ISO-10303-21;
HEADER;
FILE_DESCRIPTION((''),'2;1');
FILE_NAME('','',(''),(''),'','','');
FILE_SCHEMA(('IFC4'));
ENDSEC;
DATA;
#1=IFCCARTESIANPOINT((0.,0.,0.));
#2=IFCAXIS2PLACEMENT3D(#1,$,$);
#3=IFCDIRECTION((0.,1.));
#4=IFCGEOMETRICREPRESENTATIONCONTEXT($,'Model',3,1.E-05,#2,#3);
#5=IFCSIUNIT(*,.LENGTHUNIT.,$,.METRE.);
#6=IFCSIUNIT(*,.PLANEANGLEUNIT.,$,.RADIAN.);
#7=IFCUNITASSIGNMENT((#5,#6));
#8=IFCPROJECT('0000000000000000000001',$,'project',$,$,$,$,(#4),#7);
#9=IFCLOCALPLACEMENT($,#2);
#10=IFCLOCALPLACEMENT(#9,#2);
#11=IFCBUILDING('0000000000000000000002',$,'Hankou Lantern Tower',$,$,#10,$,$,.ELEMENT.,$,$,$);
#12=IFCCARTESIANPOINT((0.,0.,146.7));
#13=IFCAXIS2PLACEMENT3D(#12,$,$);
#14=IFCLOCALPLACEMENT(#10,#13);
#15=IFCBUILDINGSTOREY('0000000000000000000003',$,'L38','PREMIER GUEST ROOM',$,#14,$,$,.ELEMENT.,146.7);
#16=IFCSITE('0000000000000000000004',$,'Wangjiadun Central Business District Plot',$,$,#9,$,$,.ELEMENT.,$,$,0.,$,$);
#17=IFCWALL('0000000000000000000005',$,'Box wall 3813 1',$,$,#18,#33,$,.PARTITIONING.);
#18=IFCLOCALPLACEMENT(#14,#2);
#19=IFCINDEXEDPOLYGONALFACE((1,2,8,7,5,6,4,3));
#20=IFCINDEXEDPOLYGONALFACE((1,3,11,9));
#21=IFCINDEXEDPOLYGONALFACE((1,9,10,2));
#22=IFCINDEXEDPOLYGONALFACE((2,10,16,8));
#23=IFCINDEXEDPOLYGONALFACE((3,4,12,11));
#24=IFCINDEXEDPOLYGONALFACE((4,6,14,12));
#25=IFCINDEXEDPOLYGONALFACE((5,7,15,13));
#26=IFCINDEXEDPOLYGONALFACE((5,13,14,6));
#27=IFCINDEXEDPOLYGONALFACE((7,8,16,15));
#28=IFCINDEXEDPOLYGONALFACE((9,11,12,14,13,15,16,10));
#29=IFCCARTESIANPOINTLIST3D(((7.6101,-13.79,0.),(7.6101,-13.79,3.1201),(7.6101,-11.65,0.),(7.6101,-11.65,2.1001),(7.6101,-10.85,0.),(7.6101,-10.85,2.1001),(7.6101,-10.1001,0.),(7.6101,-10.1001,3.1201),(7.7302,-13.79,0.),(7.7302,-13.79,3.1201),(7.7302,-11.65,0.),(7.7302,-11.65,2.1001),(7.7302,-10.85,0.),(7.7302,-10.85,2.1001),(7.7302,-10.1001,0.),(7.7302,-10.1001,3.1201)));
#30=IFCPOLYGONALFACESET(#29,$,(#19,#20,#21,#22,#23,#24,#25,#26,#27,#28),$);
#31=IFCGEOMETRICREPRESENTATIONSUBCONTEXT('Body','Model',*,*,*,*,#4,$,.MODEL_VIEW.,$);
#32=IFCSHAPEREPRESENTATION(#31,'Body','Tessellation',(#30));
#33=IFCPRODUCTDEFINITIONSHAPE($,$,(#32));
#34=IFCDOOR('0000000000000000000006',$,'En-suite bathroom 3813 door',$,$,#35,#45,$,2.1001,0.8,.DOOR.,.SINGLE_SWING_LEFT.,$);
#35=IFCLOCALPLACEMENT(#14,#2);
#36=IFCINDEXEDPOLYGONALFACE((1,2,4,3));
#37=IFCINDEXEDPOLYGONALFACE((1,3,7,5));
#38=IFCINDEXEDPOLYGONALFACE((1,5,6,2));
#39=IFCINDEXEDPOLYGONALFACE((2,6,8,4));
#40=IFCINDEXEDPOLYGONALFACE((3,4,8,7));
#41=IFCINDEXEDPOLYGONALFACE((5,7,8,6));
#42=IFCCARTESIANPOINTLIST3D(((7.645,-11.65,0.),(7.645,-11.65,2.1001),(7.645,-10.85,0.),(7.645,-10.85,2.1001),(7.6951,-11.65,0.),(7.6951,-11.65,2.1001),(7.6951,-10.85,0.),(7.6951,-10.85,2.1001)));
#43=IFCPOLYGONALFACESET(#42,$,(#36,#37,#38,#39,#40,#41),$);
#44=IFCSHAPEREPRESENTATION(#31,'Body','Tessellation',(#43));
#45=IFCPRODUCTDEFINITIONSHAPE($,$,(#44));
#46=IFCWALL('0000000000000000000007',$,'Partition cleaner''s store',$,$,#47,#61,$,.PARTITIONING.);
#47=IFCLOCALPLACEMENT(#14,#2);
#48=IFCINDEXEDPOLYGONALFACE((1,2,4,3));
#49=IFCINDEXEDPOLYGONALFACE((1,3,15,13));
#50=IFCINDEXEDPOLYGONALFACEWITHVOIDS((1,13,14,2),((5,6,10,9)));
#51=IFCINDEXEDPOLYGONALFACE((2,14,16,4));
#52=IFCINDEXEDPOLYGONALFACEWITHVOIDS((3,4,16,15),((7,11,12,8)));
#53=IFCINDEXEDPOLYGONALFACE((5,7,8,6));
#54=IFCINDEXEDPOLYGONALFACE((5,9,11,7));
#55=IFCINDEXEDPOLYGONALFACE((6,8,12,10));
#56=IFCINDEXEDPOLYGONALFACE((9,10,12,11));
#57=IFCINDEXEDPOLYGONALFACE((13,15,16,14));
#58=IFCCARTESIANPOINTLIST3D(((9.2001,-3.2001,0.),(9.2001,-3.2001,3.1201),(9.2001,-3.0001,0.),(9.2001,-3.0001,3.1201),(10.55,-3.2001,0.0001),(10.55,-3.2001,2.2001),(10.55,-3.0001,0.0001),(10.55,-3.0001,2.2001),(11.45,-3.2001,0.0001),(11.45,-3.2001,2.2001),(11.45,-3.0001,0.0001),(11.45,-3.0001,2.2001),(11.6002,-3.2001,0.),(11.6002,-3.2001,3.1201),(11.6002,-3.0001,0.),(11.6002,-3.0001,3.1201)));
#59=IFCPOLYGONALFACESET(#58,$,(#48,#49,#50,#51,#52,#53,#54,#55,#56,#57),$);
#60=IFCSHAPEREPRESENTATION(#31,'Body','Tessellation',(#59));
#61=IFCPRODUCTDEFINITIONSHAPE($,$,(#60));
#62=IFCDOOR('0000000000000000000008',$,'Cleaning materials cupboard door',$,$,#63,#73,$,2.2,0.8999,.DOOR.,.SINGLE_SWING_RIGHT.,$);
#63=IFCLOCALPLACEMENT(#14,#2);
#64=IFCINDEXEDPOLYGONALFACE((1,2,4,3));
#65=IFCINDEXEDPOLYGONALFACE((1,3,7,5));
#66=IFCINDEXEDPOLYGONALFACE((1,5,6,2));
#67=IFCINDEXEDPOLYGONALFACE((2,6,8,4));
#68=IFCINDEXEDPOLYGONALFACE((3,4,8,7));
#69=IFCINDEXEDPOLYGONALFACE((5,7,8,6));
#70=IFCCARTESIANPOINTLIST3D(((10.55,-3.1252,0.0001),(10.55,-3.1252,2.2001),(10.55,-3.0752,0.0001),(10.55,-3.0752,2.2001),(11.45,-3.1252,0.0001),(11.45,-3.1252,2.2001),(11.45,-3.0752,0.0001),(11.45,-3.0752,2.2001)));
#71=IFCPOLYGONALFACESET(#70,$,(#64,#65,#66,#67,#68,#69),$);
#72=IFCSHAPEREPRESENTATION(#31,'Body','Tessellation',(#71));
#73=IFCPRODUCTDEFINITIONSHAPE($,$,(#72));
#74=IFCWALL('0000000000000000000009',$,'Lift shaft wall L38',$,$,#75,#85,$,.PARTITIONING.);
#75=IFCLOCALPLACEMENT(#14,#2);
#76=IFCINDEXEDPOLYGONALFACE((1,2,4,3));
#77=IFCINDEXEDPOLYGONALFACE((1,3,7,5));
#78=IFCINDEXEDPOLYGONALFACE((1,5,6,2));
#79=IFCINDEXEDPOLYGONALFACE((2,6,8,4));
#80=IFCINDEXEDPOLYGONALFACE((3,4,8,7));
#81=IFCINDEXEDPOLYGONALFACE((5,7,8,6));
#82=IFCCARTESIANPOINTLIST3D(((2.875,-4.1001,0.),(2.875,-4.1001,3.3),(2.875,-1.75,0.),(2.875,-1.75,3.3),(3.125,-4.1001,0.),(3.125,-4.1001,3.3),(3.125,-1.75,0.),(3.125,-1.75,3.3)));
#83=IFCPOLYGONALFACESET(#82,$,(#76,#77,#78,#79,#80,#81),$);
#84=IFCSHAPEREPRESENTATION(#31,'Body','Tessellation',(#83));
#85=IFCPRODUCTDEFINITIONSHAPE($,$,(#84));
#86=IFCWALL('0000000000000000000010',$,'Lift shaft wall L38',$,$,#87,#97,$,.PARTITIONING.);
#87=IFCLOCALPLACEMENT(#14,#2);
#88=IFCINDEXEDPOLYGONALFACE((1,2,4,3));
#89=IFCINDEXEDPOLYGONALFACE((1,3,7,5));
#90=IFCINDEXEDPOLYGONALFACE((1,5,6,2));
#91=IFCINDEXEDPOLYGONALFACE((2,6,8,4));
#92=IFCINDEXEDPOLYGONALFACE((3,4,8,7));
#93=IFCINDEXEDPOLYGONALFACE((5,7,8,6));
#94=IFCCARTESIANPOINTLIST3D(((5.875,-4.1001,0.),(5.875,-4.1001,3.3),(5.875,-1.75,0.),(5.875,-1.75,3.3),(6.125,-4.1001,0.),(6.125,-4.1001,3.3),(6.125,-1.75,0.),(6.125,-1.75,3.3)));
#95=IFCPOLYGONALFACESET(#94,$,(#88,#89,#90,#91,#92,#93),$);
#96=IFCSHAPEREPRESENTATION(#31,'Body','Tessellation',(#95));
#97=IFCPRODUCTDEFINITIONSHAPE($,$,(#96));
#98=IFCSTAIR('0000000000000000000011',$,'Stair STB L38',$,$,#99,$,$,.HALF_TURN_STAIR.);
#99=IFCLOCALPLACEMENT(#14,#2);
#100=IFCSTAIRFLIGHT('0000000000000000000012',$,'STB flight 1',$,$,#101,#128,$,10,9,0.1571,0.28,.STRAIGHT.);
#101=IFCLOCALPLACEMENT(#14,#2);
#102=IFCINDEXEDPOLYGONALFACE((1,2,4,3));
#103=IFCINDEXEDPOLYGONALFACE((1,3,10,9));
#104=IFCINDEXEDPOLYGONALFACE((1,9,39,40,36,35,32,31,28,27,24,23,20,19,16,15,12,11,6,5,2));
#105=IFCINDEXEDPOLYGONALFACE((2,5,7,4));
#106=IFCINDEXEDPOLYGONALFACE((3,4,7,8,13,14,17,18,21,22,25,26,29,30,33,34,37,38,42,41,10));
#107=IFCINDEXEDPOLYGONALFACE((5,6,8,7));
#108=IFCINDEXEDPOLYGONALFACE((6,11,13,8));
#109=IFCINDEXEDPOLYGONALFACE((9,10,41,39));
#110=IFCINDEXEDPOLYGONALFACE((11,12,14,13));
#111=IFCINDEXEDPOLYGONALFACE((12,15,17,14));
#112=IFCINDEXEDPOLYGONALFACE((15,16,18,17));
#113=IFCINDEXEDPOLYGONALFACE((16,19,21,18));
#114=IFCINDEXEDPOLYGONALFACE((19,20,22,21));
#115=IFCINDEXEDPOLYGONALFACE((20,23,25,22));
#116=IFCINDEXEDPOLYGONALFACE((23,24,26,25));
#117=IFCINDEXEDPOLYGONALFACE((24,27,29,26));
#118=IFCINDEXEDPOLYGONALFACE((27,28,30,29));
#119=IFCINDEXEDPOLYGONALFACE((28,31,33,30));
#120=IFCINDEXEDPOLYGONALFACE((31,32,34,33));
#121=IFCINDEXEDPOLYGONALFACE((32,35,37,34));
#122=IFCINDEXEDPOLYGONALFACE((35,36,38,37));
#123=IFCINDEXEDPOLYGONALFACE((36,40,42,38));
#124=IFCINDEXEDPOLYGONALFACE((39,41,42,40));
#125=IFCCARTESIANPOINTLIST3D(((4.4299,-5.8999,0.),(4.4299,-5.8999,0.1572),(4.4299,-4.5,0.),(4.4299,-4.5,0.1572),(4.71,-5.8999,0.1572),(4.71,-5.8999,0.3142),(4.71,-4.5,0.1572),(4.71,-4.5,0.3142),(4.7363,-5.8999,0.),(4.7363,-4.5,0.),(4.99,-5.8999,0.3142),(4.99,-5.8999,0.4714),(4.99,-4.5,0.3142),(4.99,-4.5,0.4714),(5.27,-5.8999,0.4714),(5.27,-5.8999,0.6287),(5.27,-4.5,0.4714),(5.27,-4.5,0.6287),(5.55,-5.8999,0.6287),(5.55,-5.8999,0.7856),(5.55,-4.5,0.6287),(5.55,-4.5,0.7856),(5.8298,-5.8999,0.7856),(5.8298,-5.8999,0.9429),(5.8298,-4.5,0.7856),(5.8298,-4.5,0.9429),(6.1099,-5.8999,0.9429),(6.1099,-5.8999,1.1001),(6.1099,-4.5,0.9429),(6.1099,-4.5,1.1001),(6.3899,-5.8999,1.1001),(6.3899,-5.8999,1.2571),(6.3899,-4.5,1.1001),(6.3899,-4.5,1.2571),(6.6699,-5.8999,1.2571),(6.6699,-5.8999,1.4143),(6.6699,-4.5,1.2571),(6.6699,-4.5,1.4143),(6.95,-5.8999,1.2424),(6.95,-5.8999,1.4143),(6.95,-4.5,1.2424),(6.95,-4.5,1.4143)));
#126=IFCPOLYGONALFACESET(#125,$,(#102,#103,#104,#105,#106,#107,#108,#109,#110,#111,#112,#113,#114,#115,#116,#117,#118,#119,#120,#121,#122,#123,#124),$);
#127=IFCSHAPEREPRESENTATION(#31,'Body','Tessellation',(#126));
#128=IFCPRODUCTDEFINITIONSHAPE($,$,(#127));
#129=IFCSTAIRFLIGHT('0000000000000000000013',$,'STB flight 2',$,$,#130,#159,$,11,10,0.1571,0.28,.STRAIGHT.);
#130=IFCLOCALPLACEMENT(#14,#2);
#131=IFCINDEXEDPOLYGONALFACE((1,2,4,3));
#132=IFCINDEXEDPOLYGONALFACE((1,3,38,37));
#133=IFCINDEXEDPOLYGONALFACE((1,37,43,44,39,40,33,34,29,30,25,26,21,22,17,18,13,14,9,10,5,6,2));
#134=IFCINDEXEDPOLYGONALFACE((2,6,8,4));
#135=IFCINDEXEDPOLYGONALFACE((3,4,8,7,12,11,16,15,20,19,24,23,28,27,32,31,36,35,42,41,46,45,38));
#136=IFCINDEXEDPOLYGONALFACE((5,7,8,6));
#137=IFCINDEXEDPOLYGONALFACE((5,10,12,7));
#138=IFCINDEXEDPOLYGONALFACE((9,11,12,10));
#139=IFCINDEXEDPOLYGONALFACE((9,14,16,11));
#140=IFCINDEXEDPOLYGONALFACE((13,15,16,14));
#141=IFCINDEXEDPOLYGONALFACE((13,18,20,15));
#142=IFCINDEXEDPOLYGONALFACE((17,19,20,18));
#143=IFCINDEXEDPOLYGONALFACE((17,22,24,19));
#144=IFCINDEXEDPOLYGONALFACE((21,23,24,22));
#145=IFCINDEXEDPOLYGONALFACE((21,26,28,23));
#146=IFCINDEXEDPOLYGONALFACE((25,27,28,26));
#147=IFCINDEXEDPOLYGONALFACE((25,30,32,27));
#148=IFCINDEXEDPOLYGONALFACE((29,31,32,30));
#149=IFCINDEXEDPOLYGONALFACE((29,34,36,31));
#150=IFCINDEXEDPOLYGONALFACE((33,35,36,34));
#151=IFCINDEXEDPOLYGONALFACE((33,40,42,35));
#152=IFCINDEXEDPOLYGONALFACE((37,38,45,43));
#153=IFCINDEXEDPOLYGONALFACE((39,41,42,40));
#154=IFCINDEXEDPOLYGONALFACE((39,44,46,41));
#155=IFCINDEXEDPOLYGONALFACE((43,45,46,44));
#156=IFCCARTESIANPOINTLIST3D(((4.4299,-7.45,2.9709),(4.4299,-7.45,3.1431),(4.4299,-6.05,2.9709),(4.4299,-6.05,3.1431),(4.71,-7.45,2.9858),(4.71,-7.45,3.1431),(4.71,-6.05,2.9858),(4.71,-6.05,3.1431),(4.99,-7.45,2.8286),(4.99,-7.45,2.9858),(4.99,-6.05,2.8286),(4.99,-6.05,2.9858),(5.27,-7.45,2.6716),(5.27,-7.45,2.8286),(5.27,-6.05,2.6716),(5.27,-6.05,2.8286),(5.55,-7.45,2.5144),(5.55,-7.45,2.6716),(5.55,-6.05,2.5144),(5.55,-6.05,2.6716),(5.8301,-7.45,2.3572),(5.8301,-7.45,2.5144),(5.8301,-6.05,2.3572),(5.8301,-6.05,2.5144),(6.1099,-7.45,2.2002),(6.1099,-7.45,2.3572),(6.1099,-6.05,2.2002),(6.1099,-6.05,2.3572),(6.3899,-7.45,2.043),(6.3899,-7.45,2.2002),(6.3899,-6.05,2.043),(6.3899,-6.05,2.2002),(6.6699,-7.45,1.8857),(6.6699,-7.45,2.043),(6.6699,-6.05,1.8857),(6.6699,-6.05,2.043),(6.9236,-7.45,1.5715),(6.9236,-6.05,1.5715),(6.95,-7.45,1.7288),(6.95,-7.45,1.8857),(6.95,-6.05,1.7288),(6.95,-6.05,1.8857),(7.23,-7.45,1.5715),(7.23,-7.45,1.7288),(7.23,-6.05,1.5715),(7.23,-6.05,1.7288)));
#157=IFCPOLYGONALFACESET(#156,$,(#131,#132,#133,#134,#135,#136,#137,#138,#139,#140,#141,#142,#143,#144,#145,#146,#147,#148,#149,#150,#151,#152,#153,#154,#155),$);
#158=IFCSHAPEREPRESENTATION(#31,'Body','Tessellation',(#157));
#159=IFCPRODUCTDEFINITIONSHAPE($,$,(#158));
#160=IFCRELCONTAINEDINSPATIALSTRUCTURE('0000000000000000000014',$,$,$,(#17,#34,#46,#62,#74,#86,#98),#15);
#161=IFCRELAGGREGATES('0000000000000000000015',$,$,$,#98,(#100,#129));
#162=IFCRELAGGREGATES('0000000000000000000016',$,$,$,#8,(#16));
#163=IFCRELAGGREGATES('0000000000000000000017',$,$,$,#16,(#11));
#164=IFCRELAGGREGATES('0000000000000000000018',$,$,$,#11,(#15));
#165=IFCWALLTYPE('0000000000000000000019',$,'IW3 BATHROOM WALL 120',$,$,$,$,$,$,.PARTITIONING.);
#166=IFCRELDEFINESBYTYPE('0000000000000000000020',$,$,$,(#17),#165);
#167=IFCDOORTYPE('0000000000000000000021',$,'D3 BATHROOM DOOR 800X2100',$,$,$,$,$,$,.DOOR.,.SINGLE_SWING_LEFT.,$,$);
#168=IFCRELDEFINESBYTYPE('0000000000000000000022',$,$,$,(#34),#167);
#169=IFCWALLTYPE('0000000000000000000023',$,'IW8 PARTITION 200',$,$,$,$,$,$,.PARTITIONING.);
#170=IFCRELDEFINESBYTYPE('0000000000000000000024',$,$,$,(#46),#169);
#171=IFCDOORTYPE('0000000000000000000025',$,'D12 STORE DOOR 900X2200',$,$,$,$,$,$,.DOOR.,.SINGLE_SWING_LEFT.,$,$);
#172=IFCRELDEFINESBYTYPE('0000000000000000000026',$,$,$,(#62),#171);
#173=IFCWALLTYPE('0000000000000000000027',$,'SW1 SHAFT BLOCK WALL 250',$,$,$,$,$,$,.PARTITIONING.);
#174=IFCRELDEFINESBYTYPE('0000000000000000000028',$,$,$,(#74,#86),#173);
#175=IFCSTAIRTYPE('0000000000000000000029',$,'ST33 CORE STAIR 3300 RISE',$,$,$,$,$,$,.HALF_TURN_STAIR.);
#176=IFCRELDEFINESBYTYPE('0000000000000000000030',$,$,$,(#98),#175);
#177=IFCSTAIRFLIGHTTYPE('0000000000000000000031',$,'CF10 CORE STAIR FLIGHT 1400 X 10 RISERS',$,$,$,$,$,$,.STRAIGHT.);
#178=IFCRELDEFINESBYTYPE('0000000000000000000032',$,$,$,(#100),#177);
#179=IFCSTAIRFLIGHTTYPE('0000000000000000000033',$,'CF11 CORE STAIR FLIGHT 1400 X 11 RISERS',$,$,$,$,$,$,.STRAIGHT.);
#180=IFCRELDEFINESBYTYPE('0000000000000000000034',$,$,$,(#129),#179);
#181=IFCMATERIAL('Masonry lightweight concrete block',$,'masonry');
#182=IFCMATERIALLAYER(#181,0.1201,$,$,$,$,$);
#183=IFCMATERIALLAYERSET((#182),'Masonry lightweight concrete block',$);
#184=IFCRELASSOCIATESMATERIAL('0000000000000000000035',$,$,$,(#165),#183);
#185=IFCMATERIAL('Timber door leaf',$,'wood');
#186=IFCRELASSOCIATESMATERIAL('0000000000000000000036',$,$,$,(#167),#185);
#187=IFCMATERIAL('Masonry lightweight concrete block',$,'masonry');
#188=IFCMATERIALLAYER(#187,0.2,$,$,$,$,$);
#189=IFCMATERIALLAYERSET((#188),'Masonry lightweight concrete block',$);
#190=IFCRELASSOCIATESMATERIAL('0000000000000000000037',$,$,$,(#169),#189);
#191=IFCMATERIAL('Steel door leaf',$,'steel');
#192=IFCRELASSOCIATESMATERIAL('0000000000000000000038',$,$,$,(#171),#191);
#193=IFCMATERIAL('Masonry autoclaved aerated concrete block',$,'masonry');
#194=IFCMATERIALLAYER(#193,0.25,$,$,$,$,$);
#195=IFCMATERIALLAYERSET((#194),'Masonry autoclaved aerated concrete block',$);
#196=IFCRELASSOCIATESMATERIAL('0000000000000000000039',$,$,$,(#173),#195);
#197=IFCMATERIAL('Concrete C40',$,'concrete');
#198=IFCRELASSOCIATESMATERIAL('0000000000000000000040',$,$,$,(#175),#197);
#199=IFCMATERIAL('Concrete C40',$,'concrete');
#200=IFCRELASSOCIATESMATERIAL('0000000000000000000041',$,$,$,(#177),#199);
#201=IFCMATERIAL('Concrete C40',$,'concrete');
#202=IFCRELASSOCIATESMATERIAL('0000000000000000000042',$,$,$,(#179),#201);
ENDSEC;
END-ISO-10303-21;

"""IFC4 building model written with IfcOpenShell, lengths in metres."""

from ifc_helpers import new_model, si_unit, direction, frame, frame_2d, origin, place, context, subcontext, project, spatial, polyline, rectangle, outline, extrude, material, layer, layer_set, type_object, element, fill, aggregate, save


model = new_model("IFC4")

# Units and contexts
model_context = context("Model", 3, precision=1e-05, world=origin(), true_north=direction((0.0, 1.0)))
body_context = subcontext(model_context, "Body", "Model", "MODEL_VIEW")
ifc_project = project(units=[si_unit("LENGTHUNIT", "METRE"), si_unit("PLANEANGLEUNIT", "RADIAN")], contexts=[model_context])

# Site, building, storey
site_placement = place(None, origin())
site = spatial("IfcSite", under=ifc_project, at=site_placement, Name="Wangjiadun Central Business District Plot", CompositionType="ELEMENT", RefElevation=0.0)
building_placement = place(site_placement, origin())
building = spatial("IfcBuilding", under=site, at=building_placement, Name="Hankou Lantern Tower", CompositionType="ELEMENT")
storey_placement = place(building_placement, frame((0.0, 0.0, 146.7)))
storey = spatial("IfcBuildingStorey", under=building, at=storey_placement, Name="L38", Description="PREMIER GUEST ROOM", CompositionType="ELEMENT", Elevation=146.7)

# Walls, openings, doors
ifc_material_1 = material(Name="Masonry lightweight concrete block", Category="masonry")
ifc_layer_1 = layer(ifc_material_1, 0.1201)
ifc_layer_set_1 = layer_set([ifc_layer_1], Name="Masonry lightweight concrete block")
wall_type_1 = type_object("IfcWallType", Name="IW3 BATHROOM WALL 120", PredefinedType="PARTITIONING", material=ifc_layer_set_1)
wall_1_placement = place(storey_placement, frame((7.6702, -10.1001, 0.0), z_axis=(0.0, 0.0, 1.0), x_axis=(0.0, -1.0, 0.0)))
wall_1 = element("IfcWall", 1, at=wall_1_placement, inside=storey, type_object=wall_type_1, Name="Box wall 3813 1", PredefinedType="PARTITIONING", context=body_context, shape_type="SweptSolid", body=[
    extrude(rectangle(XDim=3.6899, YDim=0.1201, at=frame_2d((1.845, 0.0))), origin(), (0.0, 0.0, 1.0), 3.1201),
])
opening_1_placement = place(wall_1_placement, frame((0.75, 0.0, 0.0)))
opening_1 = element("IfcOpeningElement", 2, at=opening_1_placement, cuts=wall_1, PredefinedType="OPENING", context=body_context, shape_type="SweptSolid", body=[
    extrude(rectangle(XDim=0.8, YDim=2.1001, at=frame_2d((0.3999, 1.05))), frame((0.0, 0.0701, 0.0), z_axis=(0.0, -1.0, 0.0), x_axis=(1.0, 0.0, 0.0)), (0.0, 0.0, 1.0), 0.1401),
])
ifc_material_2 = material(Name="Timber door leaf", Category="wood")
door_type_1 = type_object("IfcDoorType", Name="D3 BATHROOM DOOR 800X2100", OperationType="SINGLE_SWING_LEFT", PredefinedType="DOOR", material=ifc_material_2)
door_1_placement = place(opening_1_placement, origin())
door_1 = element("IfcDoor", 3, at=door_1_placement, inside=storey, type_object=door_type_1, Name="En-suite bathroom 3813 door", OperationType="SINGLE_SWING_LEFT", OverallHeight=2.1001, OverallWidth=0.8, PredefinedType="DOOR", context=body_context, shape_type="SweptSolid", body=[
    extrude(rectangle(XDim=0.8, YDim=2.1001, at=frame_2d((0.3999, 1.05))), frame((0.0, 0.0249, 0.0), z_axis=(0.0, -1.0, 0.0), x_axis=(1.0, 0.0, 0.0)), (0.0, 0.0, 1.0), 0.05),
])
fill(opening_1, door_1)
ifc_material_3 = material(Name="Masonry lightweight concrete block", Category="masonry")
ifc_layer_2 = layer(ifc_material_3, 0.2)
ifc_layer_set_2 = layer_set([ifc_layer_2], Name="Masonry lightweight concrete block")
wall_type_2 = type_object("IfcWallType", Name="IW8 PARTITION 200", PredefinedType="PARTITIONING", material=ifc_layer_set_2)
wall_2_placement = place(storey_placement, frame((9.2, -3.1001, 0.0), z_axis=(0.0, 0.0, 1.0), x_axis=(1.0, 0.0, 0.0)))
wall_2 = element("IfcWall", 4, at=wall_2_placement, inside=storey, type_object=wall_type_2, Name="Partition cleaner's store", PredefinedType="PARTITIONING", context=body_context, shape_type="SweptSolid", body=[
    extrude(rectangle(XDim=2.4001, YDim=0.2, at=frame_2d((1.2002, 0.0))), origin(), (0.0, 0.0, 1.0), 3.1201),
])
opening_2_placement = place(wall_2_placement, frame((1.3501, 0.0, 0.0)))
opening_2 = element("IfcOpeningElement", 5, at=opening_2_placement, cuts=wall_2, PredefinedType="OPENING", context=body_context, shape_type="SweptSolid", body=[
    extrude(rectangle(XDim=0.8999, YDim=2.2, at=frame_2d((0.45, 1.1001))), frame((0.0, 0.1099, 0.0), z_axis=(0.0, -1.0, 0.0), x_axis=(1.0, 0.0, 0.0)), (0.0, 0.0, 1.0), 0.22),
])
ifc_material_4 = material(Name="Steel door leaf", Category="steel")
door_type_2 = type_object("IfcDoorType", Name="D12 STORE DOOR 900X2200", OperationType="SINGLE_SWING_LEFT", PredefinedType="DOOR", material=ifc_material_4)
door_2_placement = place(opening_2_placement, origin())
door_2 = element("IfcDoor", 6, at=door_2_placement, inside=storey, type_object=door_type_2, Name="Cleaning materials cupboard door", OperationType="SINGLE_SWING_RIGHT", OverallHeight=2.2, OverallWidth=0.8999, PredefinedType="DOOR", context=body_context, shape_type="SweptSolid", body=[
    extrude(rectangle(XDim=0.8999, YDim=2.2, at=frame_2d((0.45, 1.1001))), frame((0.0, 0.0249, 0.0), z_axis=(0.0, -1.0, 0.0), x_axis=(1.0, 0.0, 0.0)), (0.0, 0.0, 1.0), 0.05),
])
fill(opening_2, door_2)

# Walls
ifc_material_5 = material(Name="Masonry autoclaved aerated concrete block", Category="masonry")
ifc_layer_3 = layer(ifc_material_5, 0.25)
ifc_layer_set_3 = layer_set([ifc_layer_3], Name="Masonry autoclaved aerated concrete block")
wall_type_3 = type_object("IfcWallType", Name="SW1 SHAFT BLOCK WALL 250", PredefinedType="PARTITIONING", material=ifc_layer_set_3)
for number, where, z_axis, x_axis, name in (
    (7, (3.0, -4.1001, 0.0), (0.0, 0.0, 1.0), (0.0, 1.0, 0.0), "Lift shaft wall L38"),
    (8, (6.0, -4.1001, 0.0), (0.0, 0.0, 1.0), (0.0, 1.0, 0.0), "Lift shaft wall L38"),
):
    element("IfcWall", number, at=place(storey_placement, frame(where, z_axis=z_axis, x_axis=x_axis)), inside=storey, type_object=wall_type_3, Name=name, PredefinedType="PARTITIONING", context=body_context, shape_type="SweptSolid", body=[
        extrude(rectangle(XDim=2.3501, YDim=0.25, at=frame_2d((1.175, 0.0))), origin(), (0.0, 0.0, 1.0), 3.3),
    ])

# Stair, stair flights
ifc_material_6 = material(Name="Concrete C40", Category="concrete")
stair_type = type_object("IfcStairType", Name="ST33 CORE STAIR 3300 RISE", PredefinedType="HALF_TURN_STAIR", material=ifc_material_6)
stair_placement = place(storey_placement, origin())
stair = element("IfcStair", 9, at=stair_placement, inside=storey, type_object=stair_type, Name="Stair STB L38", PredefinedType="HALF_TURN_STAIR")
ifc_material_7 = material(Name="Concrete C40", Category="concrete")
stair_flight_type_1 = type_object("IfcStairFlightType", Name="CF10 CORE STAIR FLIGHT 1400 X 10 RISERS", PredefinedType="STRAIGHT", material=ifc_material_7)
stair_flight_1_placement = place(storey_placement, frame((4.4299, -5.2, 0.0), z_axis=(0.0, 0.0, 1.0), x_axis=(1.0, 0.0, 0.0)))
stair_flight_1 = element("IfcStairFlight", 10, at=stair_flight_1_placement, type_object=stair_flight_type_1, Name="STB flight 1", NumberOfRisers=10, NumberOfTreads=9, PredefinedType="STRAIGHT", RiserHeight=0.1571, TreadLength=0.28, context=body_context, shape_type="SweptSolid", body=[
    extrude(outline(polyline([(0.0, 0.0), (0.0, 0.1572), (0.28, 0.1572), (0.28, 0.3142), (0.5601, 0.3142), (0.5601, 0.4714), (0.8401, 0.4714), (0.8401, 0.6287), (1.1201, 0.6287), (1.1201, 0.7856), (1.3999, 0.7856), (1.3999, 0.9429), (1.6799, 0.9429), (1.6799, 1.1001), (1.96, 1.1001), (1.96, 1.2571), (2.24, 1.2571), (2.24, 1.4143), (2.52, 1.4143), (2.52, 1.5715), (2.52, 1.2424), (0.3064, 0.0), (0.0, 0.0)])), frame((0.0, 0.7, 0.0), z_axis=(0.0, -1.0, 0.0), x_axis=(1.0, 0.0, 0.0)), (0.0, 0.0, 1.0), 1.3999),
])
ifc_material_8 = material(Name="Concrete C40", Category="concrete")
stair_flight_type_2 = type_object("IfcStairFlightType", Name="CF11 CORE STAIR FLIGHT 1400 X 11 RISERS", PredefinedType="STRAIGHT", material=ifc_material_8)
stair_flight_2_placement = place(storey_placement, frame((7.23, -6.75, 1.5715), z_axis=(0.0, 0.0, 1.0), x_axis=(-1.0, 0.0, 0.0)))
stair_flight_2 = element("IfcStairFlight", 11, at=stair_flight_2_placement, type_object=stair_flight_type_2, Name="STB flight 2", NumberOfRisers=11, NumberOfTreads=10, PredefinedType="STRAIGHT", RiserHeight=0.1571, TreadLength=0.28, context=body_context, shape_type="SweptSolid", body=[
    extrude(outline(polyline([(0.0, 0.0), (0.0, 0.1572), (0.28, 0.1572), (0.28, 0.3142), (0.5601, 0.3142), (0.5601, 0.4714), (0.8401, 0.4714), (0.8401, 0.6287), (1.1201, 0.6287), (1.1201, 0.7856), (1.3999, 0.7856), (1.3999, 0.9429), (1.6799, 0.9429), (1.6799, 1.1001), (1.96, 1.1001), (1.96, 1.2571), (2.24, 1.2571), (2.24, 1.4143), (2.52, 1.4143), (2.52, 1.5715), (2.8, 1.5715), (2.8, 1.7285), (2.8, 1.3994), (0.3064, 0.0), (0.0, 0.0)])), frame((0.0, 0.7, 0.0), z_axis=(0.0, -1.0, 0.0), x_axis=(1.0, 0.0, 0.0)), (0.0, 0.0, 1.0), 1.3999),
])
aggregate(stair, [stair_flight_1, stair_flight_2])

save(model, "model.ifc")
